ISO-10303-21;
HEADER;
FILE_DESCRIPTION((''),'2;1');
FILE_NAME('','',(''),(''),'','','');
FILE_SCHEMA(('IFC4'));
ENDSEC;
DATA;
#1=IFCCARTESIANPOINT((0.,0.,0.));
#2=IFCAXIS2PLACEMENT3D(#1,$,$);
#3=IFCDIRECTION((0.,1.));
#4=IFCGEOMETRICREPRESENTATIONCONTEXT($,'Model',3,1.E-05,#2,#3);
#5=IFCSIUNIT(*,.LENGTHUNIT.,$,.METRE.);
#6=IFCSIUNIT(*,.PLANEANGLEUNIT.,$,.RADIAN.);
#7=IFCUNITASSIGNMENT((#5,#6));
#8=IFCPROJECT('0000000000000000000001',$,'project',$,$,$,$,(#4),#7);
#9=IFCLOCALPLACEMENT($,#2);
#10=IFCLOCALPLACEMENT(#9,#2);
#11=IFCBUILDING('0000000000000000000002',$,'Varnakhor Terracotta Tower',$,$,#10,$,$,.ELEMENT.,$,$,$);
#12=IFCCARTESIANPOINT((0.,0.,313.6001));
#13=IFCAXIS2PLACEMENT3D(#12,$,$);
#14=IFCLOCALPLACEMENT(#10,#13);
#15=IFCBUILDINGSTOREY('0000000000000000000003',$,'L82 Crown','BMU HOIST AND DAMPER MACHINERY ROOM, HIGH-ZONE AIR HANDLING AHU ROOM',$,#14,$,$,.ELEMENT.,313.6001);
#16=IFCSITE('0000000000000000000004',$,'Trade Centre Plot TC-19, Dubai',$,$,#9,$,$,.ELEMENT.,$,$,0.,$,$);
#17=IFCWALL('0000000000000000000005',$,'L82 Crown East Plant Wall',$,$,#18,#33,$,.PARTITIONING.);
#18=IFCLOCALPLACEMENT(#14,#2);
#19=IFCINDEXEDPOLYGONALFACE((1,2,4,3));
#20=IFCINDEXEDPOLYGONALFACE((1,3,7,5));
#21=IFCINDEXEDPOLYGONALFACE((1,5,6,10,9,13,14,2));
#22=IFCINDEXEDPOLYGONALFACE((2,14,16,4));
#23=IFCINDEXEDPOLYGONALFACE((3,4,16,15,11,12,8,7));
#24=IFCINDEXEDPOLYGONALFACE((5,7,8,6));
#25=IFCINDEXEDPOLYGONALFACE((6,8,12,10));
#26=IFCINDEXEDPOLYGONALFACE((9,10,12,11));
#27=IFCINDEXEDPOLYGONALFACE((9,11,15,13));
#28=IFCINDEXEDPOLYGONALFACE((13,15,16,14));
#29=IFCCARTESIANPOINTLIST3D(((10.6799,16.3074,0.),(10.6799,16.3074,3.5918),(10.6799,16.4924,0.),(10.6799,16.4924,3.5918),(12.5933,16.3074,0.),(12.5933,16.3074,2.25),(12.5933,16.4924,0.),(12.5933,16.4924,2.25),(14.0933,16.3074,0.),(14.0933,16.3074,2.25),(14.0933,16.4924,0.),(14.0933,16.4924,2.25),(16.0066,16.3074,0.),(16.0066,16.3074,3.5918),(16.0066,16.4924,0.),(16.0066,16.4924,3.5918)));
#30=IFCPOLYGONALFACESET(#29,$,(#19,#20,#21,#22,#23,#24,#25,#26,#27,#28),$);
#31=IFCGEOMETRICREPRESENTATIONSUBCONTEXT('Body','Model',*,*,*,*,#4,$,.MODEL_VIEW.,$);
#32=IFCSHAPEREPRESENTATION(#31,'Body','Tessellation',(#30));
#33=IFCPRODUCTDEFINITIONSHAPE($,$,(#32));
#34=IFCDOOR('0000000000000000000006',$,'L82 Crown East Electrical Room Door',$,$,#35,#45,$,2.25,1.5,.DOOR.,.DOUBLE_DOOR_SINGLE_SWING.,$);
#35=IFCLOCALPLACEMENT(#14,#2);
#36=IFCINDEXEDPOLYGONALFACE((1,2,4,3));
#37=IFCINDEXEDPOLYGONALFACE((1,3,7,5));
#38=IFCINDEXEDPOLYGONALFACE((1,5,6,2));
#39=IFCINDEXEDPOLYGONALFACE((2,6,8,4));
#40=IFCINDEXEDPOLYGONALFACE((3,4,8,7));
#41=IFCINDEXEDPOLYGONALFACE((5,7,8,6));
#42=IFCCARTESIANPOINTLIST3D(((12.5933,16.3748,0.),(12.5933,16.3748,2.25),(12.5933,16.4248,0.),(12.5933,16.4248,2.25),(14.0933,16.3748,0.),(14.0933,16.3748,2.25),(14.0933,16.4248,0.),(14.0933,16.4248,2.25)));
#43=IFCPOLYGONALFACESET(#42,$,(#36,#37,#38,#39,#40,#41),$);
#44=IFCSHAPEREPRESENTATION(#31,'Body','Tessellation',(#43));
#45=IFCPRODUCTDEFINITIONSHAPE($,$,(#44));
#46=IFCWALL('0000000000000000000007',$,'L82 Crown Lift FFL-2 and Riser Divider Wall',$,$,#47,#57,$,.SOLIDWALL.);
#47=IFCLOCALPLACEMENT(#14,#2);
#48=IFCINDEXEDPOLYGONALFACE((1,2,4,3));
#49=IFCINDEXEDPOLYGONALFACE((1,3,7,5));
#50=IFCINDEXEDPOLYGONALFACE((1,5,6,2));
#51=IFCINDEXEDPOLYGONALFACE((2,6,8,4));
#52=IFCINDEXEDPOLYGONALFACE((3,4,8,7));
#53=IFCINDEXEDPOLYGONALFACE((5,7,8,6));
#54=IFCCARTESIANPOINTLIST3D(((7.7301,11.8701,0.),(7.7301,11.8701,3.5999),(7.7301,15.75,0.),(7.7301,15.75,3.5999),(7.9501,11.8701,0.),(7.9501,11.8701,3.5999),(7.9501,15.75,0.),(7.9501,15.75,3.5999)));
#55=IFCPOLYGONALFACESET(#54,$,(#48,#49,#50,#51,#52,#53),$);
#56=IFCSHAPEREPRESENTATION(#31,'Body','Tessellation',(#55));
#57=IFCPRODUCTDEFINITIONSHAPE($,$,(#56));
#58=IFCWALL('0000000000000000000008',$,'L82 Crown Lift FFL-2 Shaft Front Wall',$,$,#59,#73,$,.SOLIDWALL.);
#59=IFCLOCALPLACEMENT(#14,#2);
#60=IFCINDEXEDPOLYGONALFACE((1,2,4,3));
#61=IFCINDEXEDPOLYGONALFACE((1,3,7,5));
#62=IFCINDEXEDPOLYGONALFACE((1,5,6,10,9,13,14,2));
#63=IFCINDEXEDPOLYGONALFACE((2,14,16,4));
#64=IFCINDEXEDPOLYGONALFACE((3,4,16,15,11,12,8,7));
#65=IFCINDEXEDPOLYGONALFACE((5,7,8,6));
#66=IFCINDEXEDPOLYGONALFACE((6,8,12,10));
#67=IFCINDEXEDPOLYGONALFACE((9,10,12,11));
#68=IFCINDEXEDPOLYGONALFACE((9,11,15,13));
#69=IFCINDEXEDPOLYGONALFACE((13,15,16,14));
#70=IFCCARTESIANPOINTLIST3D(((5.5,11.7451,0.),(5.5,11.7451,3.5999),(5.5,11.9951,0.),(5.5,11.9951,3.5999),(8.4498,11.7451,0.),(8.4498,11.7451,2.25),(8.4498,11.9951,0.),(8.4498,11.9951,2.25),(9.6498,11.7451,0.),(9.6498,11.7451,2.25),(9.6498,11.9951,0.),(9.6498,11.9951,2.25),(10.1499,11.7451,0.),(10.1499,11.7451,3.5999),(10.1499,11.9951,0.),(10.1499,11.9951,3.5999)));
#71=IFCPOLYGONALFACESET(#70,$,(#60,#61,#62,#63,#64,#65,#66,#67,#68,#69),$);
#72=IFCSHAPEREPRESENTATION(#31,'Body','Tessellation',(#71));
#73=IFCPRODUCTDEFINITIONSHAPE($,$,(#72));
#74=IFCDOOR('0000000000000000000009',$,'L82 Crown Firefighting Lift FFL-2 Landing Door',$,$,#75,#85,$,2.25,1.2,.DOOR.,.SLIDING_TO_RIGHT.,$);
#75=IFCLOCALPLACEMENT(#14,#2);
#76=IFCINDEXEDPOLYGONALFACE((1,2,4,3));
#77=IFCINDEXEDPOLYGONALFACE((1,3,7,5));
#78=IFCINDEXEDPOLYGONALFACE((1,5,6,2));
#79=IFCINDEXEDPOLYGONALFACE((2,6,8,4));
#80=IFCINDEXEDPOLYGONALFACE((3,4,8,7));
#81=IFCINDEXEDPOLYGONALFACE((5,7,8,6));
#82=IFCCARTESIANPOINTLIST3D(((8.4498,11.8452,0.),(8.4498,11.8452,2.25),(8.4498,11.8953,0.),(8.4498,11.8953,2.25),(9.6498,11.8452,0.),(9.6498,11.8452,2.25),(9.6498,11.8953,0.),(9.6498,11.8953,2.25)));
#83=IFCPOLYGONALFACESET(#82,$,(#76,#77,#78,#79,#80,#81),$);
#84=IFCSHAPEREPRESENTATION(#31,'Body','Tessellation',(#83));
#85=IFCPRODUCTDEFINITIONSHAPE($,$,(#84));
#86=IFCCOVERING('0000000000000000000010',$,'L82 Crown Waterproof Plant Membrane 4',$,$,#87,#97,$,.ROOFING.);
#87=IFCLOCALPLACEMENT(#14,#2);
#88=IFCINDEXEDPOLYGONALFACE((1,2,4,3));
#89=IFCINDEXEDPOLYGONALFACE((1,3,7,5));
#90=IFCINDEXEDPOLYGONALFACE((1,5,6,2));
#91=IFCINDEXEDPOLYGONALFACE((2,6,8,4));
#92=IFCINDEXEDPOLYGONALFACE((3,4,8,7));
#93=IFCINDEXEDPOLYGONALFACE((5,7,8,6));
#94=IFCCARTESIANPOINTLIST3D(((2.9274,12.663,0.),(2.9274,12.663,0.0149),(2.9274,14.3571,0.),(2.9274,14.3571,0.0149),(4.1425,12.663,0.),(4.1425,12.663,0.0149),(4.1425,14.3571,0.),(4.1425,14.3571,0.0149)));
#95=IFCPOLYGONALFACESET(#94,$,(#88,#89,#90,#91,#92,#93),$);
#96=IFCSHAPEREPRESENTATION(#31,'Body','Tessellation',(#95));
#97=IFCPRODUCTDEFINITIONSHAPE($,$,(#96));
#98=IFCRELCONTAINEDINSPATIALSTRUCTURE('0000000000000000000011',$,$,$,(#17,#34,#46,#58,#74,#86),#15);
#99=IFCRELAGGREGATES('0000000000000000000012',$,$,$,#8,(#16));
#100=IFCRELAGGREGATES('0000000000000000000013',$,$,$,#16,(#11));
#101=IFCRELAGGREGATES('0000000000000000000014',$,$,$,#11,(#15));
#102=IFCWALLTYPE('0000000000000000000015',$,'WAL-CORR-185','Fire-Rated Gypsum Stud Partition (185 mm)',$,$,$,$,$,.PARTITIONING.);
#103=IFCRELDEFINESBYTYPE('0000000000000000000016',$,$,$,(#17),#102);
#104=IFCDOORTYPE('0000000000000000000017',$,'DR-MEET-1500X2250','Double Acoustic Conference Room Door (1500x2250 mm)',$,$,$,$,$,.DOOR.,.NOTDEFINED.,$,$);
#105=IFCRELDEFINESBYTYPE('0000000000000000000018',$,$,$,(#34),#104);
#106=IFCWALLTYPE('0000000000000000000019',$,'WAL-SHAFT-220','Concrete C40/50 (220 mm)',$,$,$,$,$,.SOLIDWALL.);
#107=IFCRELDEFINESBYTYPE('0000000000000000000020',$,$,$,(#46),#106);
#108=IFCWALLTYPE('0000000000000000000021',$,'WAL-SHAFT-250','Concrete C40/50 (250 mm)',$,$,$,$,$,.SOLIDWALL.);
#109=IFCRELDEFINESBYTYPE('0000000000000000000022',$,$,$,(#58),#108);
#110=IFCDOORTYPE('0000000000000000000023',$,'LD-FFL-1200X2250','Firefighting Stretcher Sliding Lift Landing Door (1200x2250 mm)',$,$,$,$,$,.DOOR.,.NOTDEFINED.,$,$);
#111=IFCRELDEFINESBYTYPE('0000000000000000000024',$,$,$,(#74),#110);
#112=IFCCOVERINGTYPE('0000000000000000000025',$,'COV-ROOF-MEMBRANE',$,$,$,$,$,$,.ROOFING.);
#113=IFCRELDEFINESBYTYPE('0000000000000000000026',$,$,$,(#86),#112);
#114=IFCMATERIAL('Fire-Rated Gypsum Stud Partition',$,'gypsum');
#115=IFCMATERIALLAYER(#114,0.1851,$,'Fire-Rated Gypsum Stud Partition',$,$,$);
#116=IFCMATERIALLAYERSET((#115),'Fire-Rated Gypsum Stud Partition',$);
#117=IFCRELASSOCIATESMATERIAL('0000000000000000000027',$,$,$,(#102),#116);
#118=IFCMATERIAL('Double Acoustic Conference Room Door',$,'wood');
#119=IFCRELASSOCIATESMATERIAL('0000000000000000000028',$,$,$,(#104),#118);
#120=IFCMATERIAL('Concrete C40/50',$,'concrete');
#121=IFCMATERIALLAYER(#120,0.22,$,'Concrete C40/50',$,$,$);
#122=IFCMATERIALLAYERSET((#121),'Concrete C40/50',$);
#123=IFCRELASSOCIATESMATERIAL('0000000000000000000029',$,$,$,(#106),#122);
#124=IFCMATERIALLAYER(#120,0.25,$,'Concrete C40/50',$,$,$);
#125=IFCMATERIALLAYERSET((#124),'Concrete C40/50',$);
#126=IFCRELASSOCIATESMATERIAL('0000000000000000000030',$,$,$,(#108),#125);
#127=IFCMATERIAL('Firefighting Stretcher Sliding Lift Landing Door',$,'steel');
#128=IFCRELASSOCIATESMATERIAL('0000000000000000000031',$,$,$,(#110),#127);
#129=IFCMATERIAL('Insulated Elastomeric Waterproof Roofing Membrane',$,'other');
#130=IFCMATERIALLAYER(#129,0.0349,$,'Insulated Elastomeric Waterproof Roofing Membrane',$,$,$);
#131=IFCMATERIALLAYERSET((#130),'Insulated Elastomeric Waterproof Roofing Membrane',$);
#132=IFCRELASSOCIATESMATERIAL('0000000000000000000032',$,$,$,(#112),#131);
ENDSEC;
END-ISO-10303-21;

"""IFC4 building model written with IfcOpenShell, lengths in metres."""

from ifc_helpers import new_model, si_unit, direction, frame, frame_2d, origin, origin_2d, place, context, subcontext, project, spatial, rectangle, extrude, source, transform, mapped, material, layer, layer_set, type_object, type_shapes, element, fill, save


model = new_model("IFC4")

# Units and contexts
model_context = context("Model", 3, precision=1e-05, world=origin(), true_north=direction((0.0, 1.0)))
body_context = subcontext(model_context, "Body", "Model", "MODEL_VIEW")
ifc_project = project(units=[si_unit("LENGTHUNIT", "METRE"), si_unit("PLANEANGLEUNIT", "RADIAN")], contexts=[model_context])

# Site, building, storey
site_placement = place(None, origin())
site = spatial("IfcSite", under=ifc_project, at=site_placement, Name="Trade Centre Plot TC-19, Dubai", CompositionType="ELEMENT", RefElevation=0.0)
building_placement = place(site_placement, origin())
building = spatial("IfcBuilding", under=site, at=building_placement, Name="Varnakhor Terracotta Tower", CompositionType="ELEMENT")
storey_placement = place(building_placement, frame((0.0, 0.0, 313.6001)))
storey = spatial("IfcBuildingStorey", under=building, at=storey_placement, Name="L82 Crown", Description="BMU HOIST AND DAMPER MACHINERY ROOM, HIGH-ZONE AIR HANDLING AHU ROOM", CompositionType="ELEMENT", Elevation=313.6001)

# Wall, opening, door
ifc_material_1 = material(Name="Fire-Rated Gypsum Stud Partition", Category="gypsum")
ifc_layer_1 = layer(ifc_material_1, 0.1851, Name="Fire-Rated Gypsum Stud Partition")
ifc_layer_set_1 = layer_set([ifc_layer_1], Name="Fire-Rated Gypsum Stud Partition")
wall_type_1 = type_object("IfcWallType", Name="WAL-CORR-185", Description="Fire-Rated Gypsum Stud Partition (185 mm)", PredefinedType="PARTITIONING", material=ifc_layer_set_1)
wall_1_placement = place(storey_placement, frame((10.6799, 16.3999, 0.0), z_axis=(0.0, 0.0, 1.0), x_axis=(1.0, 0.0, 0.0)))
wall_1 = element("IfcWall", 1, at=wall_1_placement, inside=storey, type_object=wall_type_1, Name="L82 Crown East Plant Wall", PredefinedType="PARTITIONING", context=body_context, shape_type="SweptSolid", body=[
    extrude(rectangle(XDim=5.3267, YDim=0.1851, at=frame_2d((2.6633, 0.0))), origin(), (0.0, 0.0, 1.0), 3.5918),
])
opening_1_placement = place(wall_1_placement, frame((1.9133, 0.0, 0.0)))
opening_1 = element("IfcOpeningElement", 2, at=opening_1_placement, cuts=wall_1, PredefinedType="OPENING", context=body_context, shape_type="SweptSolid", body=[
    extrude(rectangle(XDim=1.5, YDim=2.25, at=frame_2d((0.75, 1.125))), frame((0.0, 0.1025, 0.0), z_axis=(0.0, -1.0, 0.0), x_axis=(1.0, 0.0, 0.0)), (0.0, 0.0, 1.0), 0.2051),
])
ifc_material_2 = material(Name="Double Acoustic Conference Room Door", Category="wood")
door_type_1 = type_object("IfcDoorType", Name="DR-MEET-1500X2250", Description="Double Acoustic Conference Room Door (1500x2250 mm)", OperationType="NOTDEFINED", PredefinedType="DOOR", material=ifc_material_2)
shared_shape_1 = source(origin(), body_context, "Body", "SweptSolid", [
    extrude(rectangle(XDim=1.5, YDim=2.25, at=frame_2d((0.75, 1.125))), frame((0.0, 0.0249, 0.0), z_axis=(0.0, -1.0, 0.0), x_axis=(1.0, 0.0, 0.0)), (0.0, 0.0, 1.0), 0.05),
])
type_shapes(door_type_1, [shared_shape_1])
door_1_placement = place(opening_1_placement, origin())
door_1 = element("IfcDoor", 3, at=door_1_placement, inside=storey, type_object=door_type_1, Name="L82 Crown East Electrical Room Door", OperationType="DOUBLE_DOOR_SINGLE_SWING", OverallHeight=2.25, OverallWidth=1.5, PredefinedType="DOOR", context=body_context, shape_type="MappedRepresentation", body=[
    mapped(shared_shape_1, transform((0.0, 0.0, 0.0), scale=1.0)),
])
fill(opening_1, door_1)

# Wall
ifc_material_3 = material(Name="Concrete C40/50", Category="concrete")
ifc_layer_2 = layer(ifc_material_3, 0.22, Name="Concrete C40/50")
ifc_layer_set_2 = layer_set([ifc_layer_2], Name="Concrete C40/50")
wall_type_2 = type_object("IfcWallType", Name="WAL-SHAFT-220", Description="Concrete C40/50 (220 mm)", PredefinedType="SOLIDWALL", material=ifc_layer_set_2)
wall_2_placement = place(storey_placement, frame((7.8401, 11.8701, 0.0), z_axis=(0.0, 0.0, 1.0), x_axis=(0.0, 1.0, 0.0)))
element("IfcWall", 4, at=wall_2_placement, inside=storey, type_object=wall_type_2, Name="L82 Crown Lift FFL-2 and Riser Divider Wall", PredefinedType="SOLIDWALL", context=body_context, shape_type="SweptSolid", body=[
    extrude(rectangle(XDim=3.8799, YDim=0.22, at=frame_2d((1.9399, 0.0))), origin(), (0.0, 0.0, 1.0), 3.5999),
])

# Wall, opening, door
ifc_layer_3 = layer(ifc_material_3, 0.25, Name="Concrete C40/50")
ifc_layer_set_3 = layer_set([ifc_layer_3], Name="Concrete C40/50")
wall_type_3 = type_object("IfcWallType", Name="WAL-SHAFT-250", Description="Concrete C40/50 (250 mm)", PredefinedType="SOLIDWALL", material=ifc_layer_set_3)
wall_3_placement = place(storey_placement, frame((10.1499, 11.8701, 0.0), z_axis=(0.0, 0.0, 1.0), x_axis=(-1.0, 0.0, 0.0)))
wall_3 = element("IfcWall", 5, at=wall_3_placement, inside=storey, type_object=wall_type_3, Name="L82 Crown Lift FFL-2 Shaft Front Wall", PredefinedType="SOLIDWALL", context=body_context, shape_type="SweptSolid", body=[
    extrude(rectangle(XDim=4.6499, YDim=0.25, at=frame_2d((2.325, 0.0))), origin(), (0.0, 0.0, 1.0), 3.5999),
])
opening_2_placement = place(wall_3_placement, frame((0.5, 0.0, 0.0)))
opening_2 = element("IfcOpeningElement", 6, at=opening_2_placement, cuts=wall_3, PredefinedType="OPENING", context=body_context, shape_type="SweptSolid", body=[
    extrude(rectangle(XDim=1.2, YDim=2.25, at=frame_2d((0.6001, 1.125))), frame((0.0, 0.135, 0.0), z_axis=(0.0, -1.0, 0.0), x_axis=(1.0, 0.0, 0.0)), (0.0, 0.0, 1.0), 0.27),
])
ifc_material_4 = material(Name="Firefighting Stretcher Sliding Lift Landing Door", Category="steel")
door_type_2 = type_object("IfcDoorType", Name="LD-FFL-1200X2250", Description="Firefighting Stretcher Sliding Lift Landing Door (1200x2250 mm)", OperationType="NOTDEFINED", PredefinedType="DOOR", material=ifc_material_4)
shared_shape_2 = source(origin(), body_context, "Body", "SweptSolid", [
    extrude(rectangle(XDim=1.2, YDim=2.25, at=frame_2d((0.6001, 1.125))), frame((0.0, 0.0249, 0.0), z_axis=(0.0, -1.0, 0.0), x_axis=(1.0, 0.0, 0.0)), (0.0, 0.0, 1.0), 0.05),
])
type_shapes(door_type_2, [shared_shape_2])
door_2_placement = place(opening_2_placement, origin())
door_2 = element("IfcDoor", 7, at=door_2_placement, inside=storey, type_object=door_type_2, Name="L82 Crown Firefighting Lift FFL-2 Landing Door", OperationType="SLIDING_TO_RIGHT", OverallHeight=2.25, OverallWidth=1.2, PredefinedType="DOOR", context=body_context, shape_type="MappedRepresentation", body=[
    mapped(shared_shape_2, transform((0.0, 0.0, 0.0), scale=1.0)),
])
fill(opening_2, door_2)

# Covering
ifc_material_5 = material(Name="Insulated Elastomeric Waterproof Roofing Membrane", Category="other")
ifc_layer_4 = layer(ifc_material_5, 0.0349, Name="Insulated Elastomeric Waterproof Roofing Membrane")
ifc_layer_set_4 = layer_set([ifc_layer_4], Name="Insulated Elastomeric Waterproof Roofing Membrane")
covering_type = type_object("IfcCoveringType", Name="COV-ROOF-MEMBRANE", PredefinedType="ROOFING", material=ifc_layer_set_4)
shared_shape_3 = source(origin(), body_context, "Body", "SweptSolid", [
    extrude(rectangle(XDim=1.2151, YDim=1.6941, at=origin_2d()), origin(), (0.0, 0.0, 1.0), 0.0149),
])
covering_placement = place(storey_placement, frame((3.5349, 13.51, 0.0), z_axis=(0.0, 0.0, 1.0), x_axis=(1.0, 0.0, 0.0)))
element("IfcCovering", 8, at=covering_placement, inside=storey, type_object=covering_type, Name="L82 Crown Waterproof Plant Membrane 4", PredefinedType="ROOFING", context=body_context, shape_type="MappedRepresentation", body=[
    mapped(shared_shape_3, transform((0.0, 0.0, 0.0), scale=1.0)),
])

save(model, "model.ifc")
